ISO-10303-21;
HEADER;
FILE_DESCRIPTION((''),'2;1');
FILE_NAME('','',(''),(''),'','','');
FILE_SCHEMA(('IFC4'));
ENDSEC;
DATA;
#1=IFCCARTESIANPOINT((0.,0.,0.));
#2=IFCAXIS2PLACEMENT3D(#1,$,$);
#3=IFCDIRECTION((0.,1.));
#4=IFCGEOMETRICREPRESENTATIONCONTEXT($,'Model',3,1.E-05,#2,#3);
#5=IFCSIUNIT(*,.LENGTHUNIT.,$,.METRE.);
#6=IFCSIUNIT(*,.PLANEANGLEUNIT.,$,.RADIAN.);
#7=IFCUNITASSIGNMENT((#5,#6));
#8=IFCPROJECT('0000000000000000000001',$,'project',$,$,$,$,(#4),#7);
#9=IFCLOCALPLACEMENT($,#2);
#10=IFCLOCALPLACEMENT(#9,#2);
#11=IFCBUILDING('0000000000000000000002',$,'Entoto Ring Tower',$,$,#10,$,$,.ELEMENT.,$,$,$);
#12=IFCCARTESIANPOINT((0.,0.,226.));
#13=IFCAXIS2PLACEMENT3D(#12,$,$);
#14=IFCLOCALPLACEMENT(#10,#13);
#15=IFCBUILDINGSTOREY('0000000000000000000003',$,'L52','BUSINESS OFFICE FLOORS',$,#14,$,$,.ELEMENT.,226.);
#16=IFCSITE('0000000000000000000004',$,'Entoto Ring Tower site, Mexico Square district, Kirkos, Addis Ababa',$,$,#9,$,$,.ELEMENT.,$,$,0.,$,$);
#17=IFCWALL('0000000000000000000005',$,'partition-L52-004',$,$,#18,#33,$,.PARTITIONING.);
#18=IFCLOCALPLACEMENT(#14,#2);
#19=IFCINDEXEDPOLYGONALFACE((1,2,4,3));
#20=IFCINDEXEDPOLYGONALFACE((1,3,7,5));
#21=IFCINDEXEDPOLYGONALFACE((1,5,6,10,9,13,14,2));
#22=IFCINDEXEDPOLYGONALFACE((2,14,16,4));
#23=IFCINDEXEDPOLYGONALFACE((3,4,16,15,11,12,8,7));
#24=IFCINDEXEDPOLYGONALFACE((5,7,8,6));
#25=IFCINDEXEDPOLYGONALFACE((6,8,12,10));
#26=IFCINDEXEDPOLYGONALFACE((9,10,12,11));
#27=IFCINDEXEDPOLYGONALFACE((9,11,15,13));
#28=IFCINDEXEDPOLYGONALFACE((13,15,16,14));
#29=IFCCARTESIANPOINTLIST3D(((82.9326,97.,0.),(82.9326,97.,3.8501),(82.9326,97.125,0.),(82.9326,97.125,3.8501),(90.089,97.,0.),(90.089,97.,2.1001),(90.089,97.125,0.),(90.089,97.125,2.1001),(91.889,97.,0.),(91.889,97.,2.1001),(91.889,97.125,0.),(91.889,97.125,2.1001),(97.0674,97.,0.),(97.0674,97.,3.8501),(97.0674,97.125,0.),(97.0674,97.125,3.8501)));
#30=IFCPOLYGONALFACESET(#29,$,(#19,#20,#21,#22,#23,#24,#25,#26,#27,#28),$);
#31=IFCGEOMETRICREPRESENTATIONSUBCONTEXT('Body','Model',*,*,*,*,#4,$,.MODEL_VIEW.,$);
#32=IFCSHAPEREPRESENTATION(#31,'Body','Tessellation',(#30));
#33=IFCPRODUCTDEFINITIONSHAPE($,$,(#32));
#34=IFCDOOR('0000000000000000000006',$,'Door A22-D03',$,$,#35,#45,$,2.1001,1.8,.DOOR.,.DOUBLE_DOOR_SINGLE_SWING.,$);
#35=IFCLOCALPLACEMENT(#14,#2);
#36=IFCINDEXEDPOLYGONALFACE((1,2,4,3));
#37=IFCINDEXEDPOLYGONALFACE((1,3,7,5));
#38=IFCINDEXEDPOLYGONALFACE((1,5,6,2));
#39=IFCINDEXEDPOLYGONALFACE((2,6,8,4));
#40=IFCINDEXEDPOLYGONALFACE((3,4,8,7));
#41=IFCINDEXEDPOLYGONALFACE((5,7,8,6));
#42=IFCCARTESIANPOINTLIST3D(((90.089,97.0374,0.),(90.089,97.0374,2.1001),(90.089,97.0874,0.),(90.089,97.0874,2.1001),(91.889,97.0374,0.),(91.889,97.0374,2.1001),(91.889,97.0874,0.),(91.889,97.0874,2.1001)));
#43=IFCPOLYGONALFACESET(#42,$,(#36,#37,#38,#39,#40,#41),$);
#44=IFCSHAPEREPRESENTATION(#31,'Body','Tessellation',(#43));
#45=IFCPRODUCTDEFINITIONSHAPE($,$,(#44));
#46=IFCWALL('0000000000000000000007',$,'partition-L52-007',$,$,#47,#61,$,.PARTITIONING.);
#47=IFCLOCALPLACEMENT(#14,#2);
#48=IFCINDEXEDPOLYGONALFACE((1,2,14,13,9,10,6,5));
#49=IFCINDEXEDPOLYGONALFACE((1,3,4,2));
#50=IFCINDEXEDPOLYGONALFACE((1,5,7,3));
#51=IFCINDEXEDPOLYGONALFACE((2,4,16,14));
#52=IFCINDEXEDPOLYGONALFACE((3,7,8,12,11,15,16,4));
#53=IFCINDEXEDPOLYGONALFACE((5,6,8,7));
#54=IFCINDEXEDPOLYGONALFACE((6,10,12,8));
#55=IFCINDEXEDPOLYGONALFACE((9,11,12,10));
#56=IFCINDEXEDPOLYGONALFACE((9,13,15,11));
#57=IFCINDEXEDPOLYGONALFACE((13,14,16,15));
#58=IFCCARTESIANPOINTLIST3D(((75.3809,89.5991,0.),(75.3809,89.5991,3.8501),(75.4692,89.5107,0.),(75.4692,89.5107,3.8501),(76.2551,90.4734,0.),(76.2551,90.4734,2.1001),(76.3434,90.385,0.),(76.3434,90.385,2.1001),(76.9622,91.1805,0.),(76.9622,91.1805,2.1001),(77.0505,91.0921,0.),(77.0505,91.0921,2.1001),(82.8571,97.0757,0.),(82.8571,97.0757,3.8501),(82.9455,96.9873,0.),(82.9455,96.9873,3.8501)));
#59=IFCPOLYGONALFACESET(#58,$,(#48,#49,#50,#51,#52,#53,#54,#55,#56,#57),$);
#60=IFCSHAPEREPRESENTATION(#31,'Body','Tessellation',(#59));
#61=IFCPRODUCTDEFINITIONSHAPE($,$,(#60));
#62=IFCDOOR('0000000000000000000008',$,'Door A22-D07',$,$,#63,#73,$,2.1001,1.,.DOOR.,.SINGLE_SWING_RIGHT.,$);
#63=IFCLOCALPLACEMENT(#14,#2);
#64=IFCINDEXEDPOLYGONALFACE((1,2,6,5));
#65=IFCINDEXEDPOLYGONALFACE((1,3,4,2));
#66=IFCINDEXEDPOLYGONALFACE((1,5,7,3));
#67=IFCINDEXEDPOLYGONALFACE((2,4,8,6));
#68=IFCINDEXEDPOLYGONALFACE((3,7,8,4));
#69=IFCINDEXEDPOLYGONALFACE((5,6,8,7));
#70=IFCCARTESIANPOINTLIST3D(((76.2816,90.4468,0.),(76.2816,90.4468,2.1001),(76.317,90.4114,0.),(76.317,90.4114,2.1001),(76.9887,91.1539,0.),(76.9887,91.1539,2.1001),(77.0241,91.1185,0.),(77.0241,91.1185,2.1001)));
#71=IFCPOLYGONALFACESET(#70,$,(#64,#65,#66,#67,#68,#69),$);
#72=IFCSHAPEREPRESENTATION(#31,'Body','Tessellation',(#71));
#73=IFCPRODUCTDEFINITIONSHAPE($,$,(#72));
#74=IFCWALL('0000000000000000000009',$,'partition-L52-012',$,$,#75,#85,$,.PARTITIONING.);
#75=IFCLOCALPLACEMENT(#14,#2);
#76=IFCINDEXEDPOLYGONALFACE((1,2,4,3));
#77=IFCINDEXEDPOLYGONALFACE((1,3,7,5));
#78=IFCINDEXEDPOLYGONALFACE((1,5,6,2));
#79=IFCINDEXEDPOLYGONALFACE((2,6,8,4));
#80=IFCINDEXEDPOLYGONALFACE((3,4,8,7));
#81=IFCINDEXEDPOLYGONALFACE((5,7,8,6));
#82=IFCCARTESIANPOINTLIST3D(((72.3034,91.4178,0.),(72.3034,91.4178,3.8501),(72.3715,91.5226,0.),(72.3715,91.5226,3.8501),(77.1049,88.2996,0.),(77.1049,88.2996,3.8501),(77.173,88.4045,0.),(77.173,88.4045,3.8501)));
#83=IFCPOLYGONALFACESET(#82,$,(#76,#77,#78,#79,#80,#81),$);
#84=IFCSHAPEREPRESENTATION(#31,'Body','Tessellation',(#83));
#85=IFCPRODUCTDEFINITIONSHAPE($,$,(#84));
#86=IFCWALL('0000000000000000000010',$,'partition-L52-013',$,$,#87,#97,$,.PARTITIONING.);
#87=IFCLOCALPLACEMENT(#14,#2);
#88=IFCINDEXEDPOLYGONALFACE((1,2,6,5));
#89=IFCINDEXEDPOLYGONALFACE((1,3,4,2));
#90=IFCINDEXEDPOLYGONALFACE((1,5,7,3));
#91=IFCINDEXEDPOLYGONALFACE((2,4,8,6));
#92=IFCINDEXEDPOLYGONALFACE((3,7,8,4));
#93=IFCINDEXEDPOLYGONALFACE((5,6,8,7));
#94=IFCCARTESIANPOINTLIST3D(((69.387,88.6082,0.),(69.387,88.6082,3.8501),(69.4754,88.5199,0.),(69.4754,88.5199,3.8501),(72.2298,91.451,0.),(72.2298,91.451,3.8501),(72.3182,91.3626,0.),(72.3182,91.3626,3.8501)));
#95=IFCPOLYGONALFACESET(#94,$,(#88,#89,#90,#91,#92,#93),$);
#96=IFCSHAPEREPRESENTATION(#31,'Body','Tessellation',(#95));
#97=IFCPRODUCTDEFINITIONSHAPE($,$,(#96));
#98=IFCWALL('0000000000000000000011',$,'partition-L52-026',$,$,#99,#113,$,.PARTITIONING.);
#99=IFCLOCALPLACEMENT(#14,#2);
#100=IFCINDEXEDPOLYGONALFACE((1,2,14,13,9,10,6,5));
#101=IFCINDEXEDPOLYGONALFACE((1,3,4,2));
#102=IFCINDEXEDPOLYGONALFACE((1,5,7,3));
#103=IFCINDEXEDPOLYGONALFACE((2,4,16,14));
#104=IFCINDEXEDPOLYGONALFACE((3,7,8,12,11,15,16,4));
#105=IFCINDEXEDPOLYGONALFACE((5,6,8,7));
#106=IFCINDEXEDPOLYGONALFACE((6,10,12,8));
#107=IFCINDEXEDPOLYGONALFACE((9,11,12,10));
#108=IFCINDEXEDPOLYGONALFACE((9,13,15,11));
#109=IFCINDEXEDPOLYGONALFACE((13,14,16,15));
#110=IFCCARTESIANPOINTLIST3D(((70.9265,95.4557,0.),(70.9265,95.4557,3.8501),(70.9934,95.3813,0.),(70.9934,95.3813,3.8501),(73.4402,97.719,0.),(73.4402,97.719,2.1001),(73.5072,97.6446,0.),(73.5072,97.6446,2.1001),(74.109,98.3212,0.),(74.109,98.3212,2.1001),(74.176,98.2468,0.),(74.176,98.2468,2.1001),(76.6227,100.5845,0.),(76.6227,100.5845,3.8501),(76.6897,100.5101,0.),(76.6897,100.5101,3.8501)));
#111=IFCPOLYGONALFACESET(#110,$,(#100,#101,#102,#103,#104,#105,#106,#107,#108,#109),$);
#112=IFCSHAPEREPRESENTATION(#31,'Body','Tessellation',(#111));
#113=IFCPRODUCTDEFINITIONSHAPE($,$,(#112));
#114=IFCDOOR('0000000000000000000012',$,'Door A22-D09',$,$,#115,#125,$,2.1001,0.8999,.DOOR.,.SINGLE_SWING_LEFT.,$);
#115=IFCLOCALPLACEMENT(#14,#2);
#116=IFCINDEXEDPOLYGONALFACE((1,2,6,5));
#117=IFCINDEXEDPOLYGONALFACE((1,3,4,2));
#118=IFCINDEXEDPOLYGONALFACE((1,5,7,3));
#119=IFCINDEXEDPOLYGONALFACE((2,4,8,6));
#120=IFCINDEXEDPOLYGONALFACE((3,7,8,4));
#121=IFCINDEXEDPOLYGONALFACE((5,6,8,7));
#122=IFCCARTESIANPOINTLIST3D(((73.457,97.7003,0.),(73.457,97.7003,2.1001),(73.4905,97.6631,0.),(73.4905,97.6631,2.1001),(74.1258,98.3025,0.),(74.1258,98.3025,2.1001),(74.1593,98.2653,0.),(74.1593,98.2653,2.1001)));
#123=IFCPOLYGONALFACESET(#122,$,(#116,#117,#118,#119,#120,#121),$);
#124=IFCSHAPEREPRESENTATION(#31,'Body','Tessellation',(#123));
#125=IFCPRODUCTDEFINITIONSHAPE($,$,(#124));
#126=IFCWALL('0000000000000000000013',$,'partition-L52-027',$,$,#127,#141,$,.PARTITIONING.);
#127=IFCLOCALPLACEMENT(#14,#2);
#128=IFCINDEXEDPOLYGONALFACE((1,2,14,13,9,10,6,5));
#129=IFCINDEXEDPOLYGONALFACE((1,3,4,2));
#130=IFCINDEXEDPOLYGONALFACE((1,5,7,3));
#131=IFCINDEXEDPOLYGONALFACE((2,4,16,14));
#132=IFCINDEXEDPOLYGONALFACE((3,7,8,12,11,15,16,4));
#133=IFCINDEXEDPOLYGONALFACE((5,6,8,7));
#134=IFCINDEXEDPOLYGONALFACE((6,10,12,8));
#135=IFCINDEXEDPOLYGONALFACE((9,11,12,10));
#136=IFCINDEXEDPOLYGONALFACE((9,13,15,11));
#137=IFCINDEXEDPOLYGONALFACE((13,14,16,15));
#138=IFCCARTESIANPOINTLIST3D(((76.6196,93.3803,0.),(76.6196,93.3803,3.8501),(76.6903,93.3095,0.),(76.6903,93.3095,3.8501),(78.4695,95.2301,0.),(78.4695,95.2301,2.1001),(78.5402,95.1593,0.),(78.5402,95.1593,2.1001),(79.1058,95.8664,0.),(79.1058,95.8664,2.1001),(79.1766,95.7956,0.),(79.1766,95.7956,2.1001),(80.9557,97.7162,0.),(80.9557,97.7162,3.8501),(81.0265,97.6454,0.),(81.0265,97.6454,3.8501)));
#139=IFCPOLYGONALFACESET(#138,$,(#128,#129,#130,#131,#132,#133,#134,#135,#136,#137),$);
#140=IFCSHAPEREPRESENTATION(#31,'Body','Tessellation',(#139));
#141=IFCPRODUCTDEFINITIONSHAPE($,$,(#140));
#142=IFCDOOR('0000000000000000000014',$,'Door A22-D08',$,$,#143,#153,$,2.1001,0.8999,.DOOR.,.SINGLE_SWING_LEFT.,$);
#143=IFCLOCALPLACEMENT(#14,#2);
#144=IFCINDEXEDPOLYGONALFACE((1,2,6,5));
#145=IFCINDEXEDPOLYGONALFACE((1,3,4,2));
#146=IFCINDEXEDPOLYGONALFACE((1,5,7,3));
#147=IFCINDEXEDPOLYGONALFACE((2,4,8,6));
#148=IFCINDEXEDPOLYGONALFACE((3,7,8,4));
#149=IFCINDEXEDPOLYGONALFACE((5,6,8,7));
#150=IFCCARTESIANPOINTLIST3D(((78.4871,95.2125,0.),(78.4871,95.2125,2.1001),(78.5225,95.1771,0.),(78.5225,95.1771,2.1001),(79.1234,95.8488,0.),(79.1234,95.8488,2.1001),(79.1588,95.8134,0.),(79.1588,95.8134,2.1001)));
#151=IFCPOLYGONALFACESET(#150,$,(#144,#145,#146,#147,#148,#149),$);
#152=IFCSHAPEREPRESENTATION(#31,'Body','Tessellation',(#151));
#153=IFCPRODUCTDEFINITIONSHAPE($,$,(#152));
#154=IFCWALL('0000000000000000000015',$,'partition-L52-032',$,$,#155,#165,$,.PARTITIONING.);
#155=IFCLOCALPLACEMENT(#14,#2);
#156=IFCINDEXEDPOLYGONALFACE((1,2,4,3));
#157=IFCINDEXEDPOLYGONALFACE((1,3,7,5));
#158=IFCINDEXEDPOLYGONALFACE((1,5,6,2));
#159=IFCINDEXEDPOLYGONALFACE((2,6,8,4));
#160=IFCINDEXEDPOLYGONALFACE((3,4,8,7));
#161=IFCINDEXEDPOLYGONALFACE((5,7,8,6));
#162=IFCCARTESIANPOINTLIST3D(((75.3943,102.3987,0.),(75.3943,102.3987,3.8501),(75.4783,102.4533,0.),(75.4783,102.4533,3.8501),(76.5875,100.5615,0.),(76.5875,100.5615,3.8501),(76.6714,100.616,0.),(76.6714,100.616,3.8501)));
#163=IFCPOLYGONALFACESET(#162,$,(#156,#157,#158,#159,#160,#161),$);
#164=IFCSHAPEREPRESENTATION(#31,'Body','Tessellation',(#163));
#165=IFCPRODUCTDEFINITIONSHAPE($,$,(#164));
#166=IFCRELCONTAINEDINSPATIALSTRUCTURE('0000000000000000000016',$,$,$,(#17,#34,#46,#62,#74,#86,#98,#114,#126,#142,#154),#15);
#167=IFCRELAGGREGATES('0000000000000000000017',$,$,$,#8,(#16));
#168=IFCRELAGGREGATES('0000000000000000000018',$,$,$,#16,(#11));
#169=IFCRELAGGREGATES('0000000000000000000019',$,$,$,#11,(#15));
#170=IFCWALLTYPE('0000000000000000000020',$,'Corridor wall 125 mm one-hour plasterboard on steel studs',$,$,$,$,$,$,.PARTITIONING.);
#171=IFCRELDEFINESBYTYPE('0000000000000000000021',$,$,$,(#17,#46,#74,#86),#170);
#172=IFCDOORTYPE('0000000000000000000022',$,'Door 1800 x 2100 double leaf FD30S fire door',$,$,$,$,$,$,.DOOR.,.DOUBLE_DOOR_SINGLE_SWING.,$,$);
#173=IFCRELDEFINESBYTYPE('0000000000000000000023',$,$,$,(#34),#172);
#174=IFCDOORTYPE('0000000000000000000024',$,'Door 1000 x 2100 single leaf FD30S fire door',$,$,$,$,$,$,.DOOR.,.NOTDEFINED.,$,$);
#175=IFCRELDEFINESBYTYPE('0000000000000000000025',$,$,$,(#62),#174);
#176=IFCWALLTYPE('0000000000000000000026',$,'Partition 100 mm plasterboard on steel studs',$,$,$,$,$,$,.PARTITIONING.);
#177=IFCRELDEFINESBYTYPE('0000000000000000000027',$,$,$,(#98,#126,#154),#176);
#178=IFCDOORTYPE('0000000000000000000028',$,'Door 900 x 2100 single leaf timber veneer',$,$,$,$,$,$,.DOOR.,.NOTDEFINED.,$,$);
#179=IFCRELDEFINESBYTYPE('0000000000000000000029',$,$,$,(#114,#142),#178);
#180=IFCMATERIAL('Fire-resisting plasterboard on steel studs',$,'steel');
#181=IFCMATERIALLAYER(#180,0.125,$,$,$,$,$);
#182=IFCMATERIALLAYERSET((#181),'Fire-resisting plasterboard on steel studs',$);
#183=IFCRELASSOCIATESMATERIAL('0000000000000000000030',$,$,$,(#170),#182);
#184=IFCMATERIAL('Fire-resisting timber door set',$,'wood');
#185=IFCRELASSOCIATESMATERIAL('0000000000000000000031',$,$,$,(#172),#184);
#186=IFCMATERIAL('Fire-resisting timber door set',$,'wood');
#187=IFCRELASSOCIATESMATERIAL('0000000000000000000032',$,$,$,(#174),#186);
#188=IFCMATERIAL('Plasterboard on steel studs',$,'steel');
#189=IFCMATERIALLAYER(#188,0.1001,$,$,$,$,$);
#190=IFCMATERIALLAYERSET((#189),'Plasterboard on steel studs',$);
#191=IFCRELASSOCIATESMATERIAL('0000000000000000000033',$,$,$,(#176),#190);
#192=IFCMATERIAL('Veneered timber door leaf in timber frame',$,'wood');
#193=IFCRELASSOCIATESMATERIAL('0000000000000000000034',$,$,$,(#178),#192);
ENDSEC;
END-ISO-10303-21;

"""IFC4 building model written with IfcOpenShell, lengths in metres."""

from ifc_helpers import new_model, si_unit, direction, frame, frame_2d, origin, place, context, subcontext, project, spatial, rectangle, extrude, material, layer, layer_set, type_object, element, fill, save


model = new_model("IFC4")

# Units and contexts
model_context = context("Model", 3, precision=1e-05, world=origin(), true_north=direction((0.0, 1.0)))
body_context = subcontext(model_context, "Body", "Model", "MODEL_VIEW")
ifc_project = project(units=[si_unit("LENGTHUNIT", "METRE"), si_unit("PLANEANGLEUNIT", "RADIAN")], contexts=[model_context])

# Site, building, storey
site_placement = place(None, origin())
site = spatial("IfcSite", under=ifc_project, at=site_placement, Name="Entoto Ring Tower site, Mexico Square district, Kirkos, Addis Ababa", CompositionType="ELEMENT", RefElevation=0.0)
building_placement = place(site_placement, origin())
building = spatial("IfcBuilding", under=site, at=building_placement, Name="Entoto Ring Tower", CompositionType="ELEMENT")
storey_placement = place(building_placement, frame((0.0, 0.0, 226.0)))
storey = spatial("IfcBuildingStorey", under=building, at=storey_placement, Name="L52", Description="BUSINESS OFFICE FLOORS", CompositionType="ELEMENT", Elevation=226.0)

# Walls, openings, doors
ifc_material_1 = material(Name="Fire-resisting plasterboard on steel studs", Category="steel")
ifc_layer_1 = layer(ifc_material_1, 0.125)
ifc_layer_set_1 = layer_set([ifc_layer_1], Name="Fire-resisting plasterboard on steel studs")
wall_type_1 = type_object("IfcWallType", Name="Corridor wall 125 mm one-hour plasterboard on steel studs", PredefinedType="PARTITIONING", material=ifc_layer_set_1)
wall_1_placement = place(storey_placement, frame((82.9326, 97.0625, 0.0), z_axis=(0.0, 0.0, 1.0), x_axis=(1.0, 0.0, 0.0)))
wall_1 = element("IfcWall", 1, at=wall_1_placement, inside=storey, type_object=wall_type_1, Name="partition-L52-004", PredefinedType="PARTITIONING", context=body_context, shape_type="SweptSolid", body=[
    extrude(rectangle(XDim=14.1348, YDim=0.125, at=frame_2d((7.0674, 0.0))), origin(), (0.0, 0.0, 1.0), 3.8501),
])
opening_1_placement = place(wall_1_placement, frame((7.1565, 0.0, 0.0)))
opening_1 = element("IfcOpeningElement", 2, at=opening_1_placement, cuts=wall_1, PredefinedType="OPENING", context=body_context, shape_type="SweptSolid", body=[
    extrude(rectangle(XDim=1.8, YDim=2.1001, at=frame_2d((0.8999, 1.05))), frame((0.0, 0.0725, 0.0), z_axis=(0.0, -1.0, 0.0), x_axis=(1.0, 0.0, 0.0)), (0.0, 0.0, 1.0), 0.145),
])
ifc_material_2 = material(Name="Fire-resisting timber door set", Category="wood")
door_type_1 = type_object("IfcDoorType", Name="Door 1800 x 2100 double leaf FD30S fire door", OperationType="DOUBLE_DOOR_SINGLE_SWING", PredefinedType="DOOR", material=ifc_material_2)
door_1_placement = place(opening_1_placement, origin())
door_1 = element("IfcDoor", 3, at=door_1_placement, inside=storey, type_object=door_type_1, Name="Door A22-D03", OperationType="DOUBLE_DOOR_SINGLE_SWING", OverallHeight=2.1001, OverallWidth=1.8, PredefinedType="DOOR", context=body_context, shape_type="SweptSolid", body=[
    extrude(rectangle(XDim=1.8, YDim=2.1001, at=frame_2d((0.8999, 1.05))), frame((0.0, 0.0249, 0.0), z_axis=(0.0, -1.0, 0.0), x_axis=(1.0, 0.0, 0.0)), (0.0, 0.0, 1.0), 0.05),
])
fill(opening_1, door_1)
wall_2_placement = place(storey_placement, frame((75.425, 89.5549, 0.0), z_axis=(0.0, 0.0, 1.0), x_axis=(0.707095, 0.707118, 0.0)))
wall_2 = element("IfcWall", 4, at=wall_2_placement, inside=storey, type_object=wall_type_1, Name="partition-L52-007", PredefinedType="PARTITIONING", context=body_context, shape_type="SweptSolid", body=[
    extrude(rectangle(XDim=10.5732, YDim=0.125, at=frame_2d((5.2866, 0.0))), origin(), (0.0, 0.0, 1.0), 3.8501),
])
opening_2_placement = place(wall_2_placement, frame((1.2363, 0.0, 0.0)))
opening_2 = element("IfcOpeningElement", 5, at=opening_2_placement, cuts=wall_2, PredefinedType="OPENING", context=body_context, shape_type="SweptSolid", body=[
    extrude(rectangle(XDim=1.0, YDim=2.1001, at=frame_2d((0.5, 1.05))), frame((0.0, 0.0725, 0.0), z_axis=(0.0, -1.0, 0.0), x_axis=(1.0, 0.0, 0.0)), (0.0, 0.0, 1.0), 0.145),
])
ifc_material_3 = material(Name="Fire-resisting timber door set", Category="wood")
door_type_2 = type_object("IfcDoorType", Name="Door 1000 x 2100 single leaf FD30S fire door", OperationType="NOTDEFINED", PredefinedType="DOOR", material=ifc_material_3)
door_2_placement = place(opening_2_placement, origin())
door_2 = element("IfcDoor", 6, at=door_2_placement, inside=storey, type_object=door_type_2, Name="Door A22-D07", OperationType="SINGLE_SWING_RIGHT", OverallHeight=2.1001, OverallWidth=1.0, PredefinedType="DOOR", context=body_context, shape_type="SweptSolid", body=[
    extrude(rectangle(XDim=1.0, YDim=2.1001, at=frame_2d((0.5, 1.05))), frame((0.0, 0.0249, 0.0), z_axis=(0.0, -1.0, 0.0), x_axis=(1.0, 0.0, 0.0)), (0.0, 0.0, 1.0), 0.05),
])
fill(opening_2, door_2)

# Walls
wall_3_placement = place(storey_placement, frame((77.1389, 88.3521, 0.0), z_axis=(0.0, 0.0, 1.0), x_axis=(-0.838669, 0.544642, 0.0)))
element("IfcWall", 7, at=wall_3_placement, inside=storey, type_object=wall_type_1, Name="partition-L52-012", PredefinedType="PARTITIONING", context=body_context, shape_type="SweptSolid", body=[
    extrude(rectangle(XDim=5.7251, YDim=0.125, at=frame_2d((2.8625, 0.0))), origin(), (0.0, 0.0, 1.0), 3.8501),
])
wall_4_placement = place(storey_placement, frame((69.4312, 88.564, 0.0), z_axis=(0.0, 0.0, 1.0), x_axis=(0.707107, 0.707107, 0.0)))
element("IfcWall", 8, at=wall_4_placement, inside=storey, type_object=wall_type_1, Name="partition-L52-013", PredefinedType="PARTITIONING", context=body_context, shape_type="SweptSolid", body=[
    extrude(rectangle(XDim=4.0203, YDim=0.125, at=frame_2d((2.0103, 0.0))), origin(), (0.0, 0.0, 1.0), 3.8501),
])

# Walls, openings, doors
ifc_material_4 = material(Name="Plasterboard on steel studs", Category="steel")
ifc_layer_2 = layer(ifc_material_4, 0.1001)
ifc_layer_set_2 = layer_set([ifc_layer_2], Name="Plasterboard on steel studs")
wall_type_2 = type_object("IfcWallType", Name="Partition 100 mm plasterboard on steel studs", PredefinedType="PARTITIONING", material=ifc_layer_set_2)
wall_5_placement = place(storey_placement, frame((70.96, 95.4185, 0.0), z_axis=(0.0, 0.0, 1.0), x_axis=(0.743148, 0.669127, 0.0)))
wall_5 = element("IfcWall", 9, at=wall_5_placement, inside=storey, type_object=wall_type_2, Name="partition-L52-026", PredefinedType="PARTITIONING", context=body_context, shape_type="SweptSolid", body=[
    extrude(rectangle(XDim=7.665, YDim=0.1001, at=frame_2d((3.8325, 0.0))), origin(), (0.0, 0.0, 1.0), 3.8501),
])
opening_3_placement = place(wall_5_placement, frame((3.3826, 0.0, 0.0)))
opening_3 = element("IfcOpeningElement", 10, at=opening_3_placement, cuts=wall_5, PredefinedType="OPENING", context=body_context, shape_type="SweptSolid", body=[
    extrude(rectangle(XDim=0.8999, YDim=2.1001, at=frame_2d((0.45, 1.05))), frame((0.0, 0.0601, 0.0), z_axis=(0.0, -1.0, 0.0), x_axis=(1.0, 0.0, 0.0)), (0.0, 0.0, 1.0), 0.1201),
])
ifc_material_5 = material(Name="Veneered timber door leaf in timber frame", Category="wood")
door_type_3 = type_object("IfcDoorType", Name="Door 900 x 2100 single leaf timber veneer", OperationType="NOTDEFINED", PredefinedType="DOOR", material=ifc_material_5)
door_3_placement = place(opening_3_placement, origin())
door_3 = element("IfcDoor", 11, at=door_3_placement, inside=storey, type_object=door_type_3, Name="Door A22-D09", OperationType="SINGLE_SWING_LEFT", OverallHeight=2.1001, OverallWidth=0.8999, PredefinedType="DOOR", context=body_context, shape_type="SweptSolid", body=[
    extrude(rectangle(XDim=0.8999, YDim=2.1001, at=frame_2d((0.45, 1.05))), frame((0.0, 0.0249, 0.0), z_axis=(0.0, -1.0, 0.0), x_axis=(1.0, 0.0, 0.0)), (0.0, 0.0, 1.0), 0.05),
])
fill(opening_3, door_3)
wall_6_placement = place(storey_placement, frame((76.655, 93.345, 0.0), z_axis=(0.0, 0.0, 1.0), x_axis=(0.707127, 0.707087, 0.0)))
wall_6 = element("IfcWall", 12, at=wall_6_placement, inside=storey, type_object=wall_type_2, Name="partition-L52-027", PredefinedType="PARTITIONING", context=body_context, shape_type="SweptSolid", body=[
    extrude(rectangle(XDim=6.1321, YDim=0.1001, at=frame_2d((3.0659, 0.0))), origin(), (0.0, 0.0, 1.0), 3.8501),
])
opening_4_placement = place(wall_6_placement, frame((2.616, 0.0, 0.0)))
opening_4 = element("IfcOpeningElement", 13, at=opening_4_placement, cuts=wall_6, PredefinedType="OPENING", context=body_context, shape_type="SweptSolid", body=[
    extrude(rectangle(XDim=0.8999, YDim=2.1001, at=frame_2d((0.45, 1.05))), frame((0.0, 0.0601, 0.0), z_axis=(0.0, -1.0, 0.0), x_axis=(1.0, 0.0, 0.0)), (0.0, 0.0, 1.0), 0.1201),
])
door_4_placement = place(opening_4_placement, frame((0.8999, 0.0, 0.0), z_axis=(0.0, 0.0, 1.0), x_axis=(-1.0, 0.0, 0.0)))
door_4 = element("IfcDoor", 14, at=door_4_placement, inside=storey, type_object=door_type_3, Name="Door A22-D08", OperationType="SINGLE_SWING_LEFT", OverallHeight=2.1001, OverallWidth=0.8999, PredefinedType="DOOR", context=body_context, shape_type="SweptSolid", body=[
    extrude(rectangle(XDim=0.8999, YDim=2.1001, at=frame_2d((0.45, 1.05))), frame((0.0, 0.0249, 0.0), z_axis=(0.0, -1.0, 0.0), x_axis=(1.0, 0.0, 0.0)), (0.0, 0.0, 1.0), 0.05),
])
fill(opening_4, door_4)

# Wall
for number, where, z_axis, x_axis, name in (
    (15, (76.6294, 100.5889, 0.0), (0.0, 0.0, 1.0), (-0.544655, 0.83866, 0.0), "partition-L52-032"),
):
    element("IfcWall", number, at=place(storey_placement, frame(where, z_axis=z_axis, x_axis=x_axis)), inside=storey, type_object=wall_type_2, Name=name, PredefinedType="PARTITIONING", context=body_context, shape_type="SweptSolid", body=[
        extrude(rectangle(XDim=2.1907, YDim=0.1001, at=frame_2d((1.0952, 0.0))), origin(), (0.0, 0.0, 1.0), 3.8501),
    ])

save(model, "model.ifc")
